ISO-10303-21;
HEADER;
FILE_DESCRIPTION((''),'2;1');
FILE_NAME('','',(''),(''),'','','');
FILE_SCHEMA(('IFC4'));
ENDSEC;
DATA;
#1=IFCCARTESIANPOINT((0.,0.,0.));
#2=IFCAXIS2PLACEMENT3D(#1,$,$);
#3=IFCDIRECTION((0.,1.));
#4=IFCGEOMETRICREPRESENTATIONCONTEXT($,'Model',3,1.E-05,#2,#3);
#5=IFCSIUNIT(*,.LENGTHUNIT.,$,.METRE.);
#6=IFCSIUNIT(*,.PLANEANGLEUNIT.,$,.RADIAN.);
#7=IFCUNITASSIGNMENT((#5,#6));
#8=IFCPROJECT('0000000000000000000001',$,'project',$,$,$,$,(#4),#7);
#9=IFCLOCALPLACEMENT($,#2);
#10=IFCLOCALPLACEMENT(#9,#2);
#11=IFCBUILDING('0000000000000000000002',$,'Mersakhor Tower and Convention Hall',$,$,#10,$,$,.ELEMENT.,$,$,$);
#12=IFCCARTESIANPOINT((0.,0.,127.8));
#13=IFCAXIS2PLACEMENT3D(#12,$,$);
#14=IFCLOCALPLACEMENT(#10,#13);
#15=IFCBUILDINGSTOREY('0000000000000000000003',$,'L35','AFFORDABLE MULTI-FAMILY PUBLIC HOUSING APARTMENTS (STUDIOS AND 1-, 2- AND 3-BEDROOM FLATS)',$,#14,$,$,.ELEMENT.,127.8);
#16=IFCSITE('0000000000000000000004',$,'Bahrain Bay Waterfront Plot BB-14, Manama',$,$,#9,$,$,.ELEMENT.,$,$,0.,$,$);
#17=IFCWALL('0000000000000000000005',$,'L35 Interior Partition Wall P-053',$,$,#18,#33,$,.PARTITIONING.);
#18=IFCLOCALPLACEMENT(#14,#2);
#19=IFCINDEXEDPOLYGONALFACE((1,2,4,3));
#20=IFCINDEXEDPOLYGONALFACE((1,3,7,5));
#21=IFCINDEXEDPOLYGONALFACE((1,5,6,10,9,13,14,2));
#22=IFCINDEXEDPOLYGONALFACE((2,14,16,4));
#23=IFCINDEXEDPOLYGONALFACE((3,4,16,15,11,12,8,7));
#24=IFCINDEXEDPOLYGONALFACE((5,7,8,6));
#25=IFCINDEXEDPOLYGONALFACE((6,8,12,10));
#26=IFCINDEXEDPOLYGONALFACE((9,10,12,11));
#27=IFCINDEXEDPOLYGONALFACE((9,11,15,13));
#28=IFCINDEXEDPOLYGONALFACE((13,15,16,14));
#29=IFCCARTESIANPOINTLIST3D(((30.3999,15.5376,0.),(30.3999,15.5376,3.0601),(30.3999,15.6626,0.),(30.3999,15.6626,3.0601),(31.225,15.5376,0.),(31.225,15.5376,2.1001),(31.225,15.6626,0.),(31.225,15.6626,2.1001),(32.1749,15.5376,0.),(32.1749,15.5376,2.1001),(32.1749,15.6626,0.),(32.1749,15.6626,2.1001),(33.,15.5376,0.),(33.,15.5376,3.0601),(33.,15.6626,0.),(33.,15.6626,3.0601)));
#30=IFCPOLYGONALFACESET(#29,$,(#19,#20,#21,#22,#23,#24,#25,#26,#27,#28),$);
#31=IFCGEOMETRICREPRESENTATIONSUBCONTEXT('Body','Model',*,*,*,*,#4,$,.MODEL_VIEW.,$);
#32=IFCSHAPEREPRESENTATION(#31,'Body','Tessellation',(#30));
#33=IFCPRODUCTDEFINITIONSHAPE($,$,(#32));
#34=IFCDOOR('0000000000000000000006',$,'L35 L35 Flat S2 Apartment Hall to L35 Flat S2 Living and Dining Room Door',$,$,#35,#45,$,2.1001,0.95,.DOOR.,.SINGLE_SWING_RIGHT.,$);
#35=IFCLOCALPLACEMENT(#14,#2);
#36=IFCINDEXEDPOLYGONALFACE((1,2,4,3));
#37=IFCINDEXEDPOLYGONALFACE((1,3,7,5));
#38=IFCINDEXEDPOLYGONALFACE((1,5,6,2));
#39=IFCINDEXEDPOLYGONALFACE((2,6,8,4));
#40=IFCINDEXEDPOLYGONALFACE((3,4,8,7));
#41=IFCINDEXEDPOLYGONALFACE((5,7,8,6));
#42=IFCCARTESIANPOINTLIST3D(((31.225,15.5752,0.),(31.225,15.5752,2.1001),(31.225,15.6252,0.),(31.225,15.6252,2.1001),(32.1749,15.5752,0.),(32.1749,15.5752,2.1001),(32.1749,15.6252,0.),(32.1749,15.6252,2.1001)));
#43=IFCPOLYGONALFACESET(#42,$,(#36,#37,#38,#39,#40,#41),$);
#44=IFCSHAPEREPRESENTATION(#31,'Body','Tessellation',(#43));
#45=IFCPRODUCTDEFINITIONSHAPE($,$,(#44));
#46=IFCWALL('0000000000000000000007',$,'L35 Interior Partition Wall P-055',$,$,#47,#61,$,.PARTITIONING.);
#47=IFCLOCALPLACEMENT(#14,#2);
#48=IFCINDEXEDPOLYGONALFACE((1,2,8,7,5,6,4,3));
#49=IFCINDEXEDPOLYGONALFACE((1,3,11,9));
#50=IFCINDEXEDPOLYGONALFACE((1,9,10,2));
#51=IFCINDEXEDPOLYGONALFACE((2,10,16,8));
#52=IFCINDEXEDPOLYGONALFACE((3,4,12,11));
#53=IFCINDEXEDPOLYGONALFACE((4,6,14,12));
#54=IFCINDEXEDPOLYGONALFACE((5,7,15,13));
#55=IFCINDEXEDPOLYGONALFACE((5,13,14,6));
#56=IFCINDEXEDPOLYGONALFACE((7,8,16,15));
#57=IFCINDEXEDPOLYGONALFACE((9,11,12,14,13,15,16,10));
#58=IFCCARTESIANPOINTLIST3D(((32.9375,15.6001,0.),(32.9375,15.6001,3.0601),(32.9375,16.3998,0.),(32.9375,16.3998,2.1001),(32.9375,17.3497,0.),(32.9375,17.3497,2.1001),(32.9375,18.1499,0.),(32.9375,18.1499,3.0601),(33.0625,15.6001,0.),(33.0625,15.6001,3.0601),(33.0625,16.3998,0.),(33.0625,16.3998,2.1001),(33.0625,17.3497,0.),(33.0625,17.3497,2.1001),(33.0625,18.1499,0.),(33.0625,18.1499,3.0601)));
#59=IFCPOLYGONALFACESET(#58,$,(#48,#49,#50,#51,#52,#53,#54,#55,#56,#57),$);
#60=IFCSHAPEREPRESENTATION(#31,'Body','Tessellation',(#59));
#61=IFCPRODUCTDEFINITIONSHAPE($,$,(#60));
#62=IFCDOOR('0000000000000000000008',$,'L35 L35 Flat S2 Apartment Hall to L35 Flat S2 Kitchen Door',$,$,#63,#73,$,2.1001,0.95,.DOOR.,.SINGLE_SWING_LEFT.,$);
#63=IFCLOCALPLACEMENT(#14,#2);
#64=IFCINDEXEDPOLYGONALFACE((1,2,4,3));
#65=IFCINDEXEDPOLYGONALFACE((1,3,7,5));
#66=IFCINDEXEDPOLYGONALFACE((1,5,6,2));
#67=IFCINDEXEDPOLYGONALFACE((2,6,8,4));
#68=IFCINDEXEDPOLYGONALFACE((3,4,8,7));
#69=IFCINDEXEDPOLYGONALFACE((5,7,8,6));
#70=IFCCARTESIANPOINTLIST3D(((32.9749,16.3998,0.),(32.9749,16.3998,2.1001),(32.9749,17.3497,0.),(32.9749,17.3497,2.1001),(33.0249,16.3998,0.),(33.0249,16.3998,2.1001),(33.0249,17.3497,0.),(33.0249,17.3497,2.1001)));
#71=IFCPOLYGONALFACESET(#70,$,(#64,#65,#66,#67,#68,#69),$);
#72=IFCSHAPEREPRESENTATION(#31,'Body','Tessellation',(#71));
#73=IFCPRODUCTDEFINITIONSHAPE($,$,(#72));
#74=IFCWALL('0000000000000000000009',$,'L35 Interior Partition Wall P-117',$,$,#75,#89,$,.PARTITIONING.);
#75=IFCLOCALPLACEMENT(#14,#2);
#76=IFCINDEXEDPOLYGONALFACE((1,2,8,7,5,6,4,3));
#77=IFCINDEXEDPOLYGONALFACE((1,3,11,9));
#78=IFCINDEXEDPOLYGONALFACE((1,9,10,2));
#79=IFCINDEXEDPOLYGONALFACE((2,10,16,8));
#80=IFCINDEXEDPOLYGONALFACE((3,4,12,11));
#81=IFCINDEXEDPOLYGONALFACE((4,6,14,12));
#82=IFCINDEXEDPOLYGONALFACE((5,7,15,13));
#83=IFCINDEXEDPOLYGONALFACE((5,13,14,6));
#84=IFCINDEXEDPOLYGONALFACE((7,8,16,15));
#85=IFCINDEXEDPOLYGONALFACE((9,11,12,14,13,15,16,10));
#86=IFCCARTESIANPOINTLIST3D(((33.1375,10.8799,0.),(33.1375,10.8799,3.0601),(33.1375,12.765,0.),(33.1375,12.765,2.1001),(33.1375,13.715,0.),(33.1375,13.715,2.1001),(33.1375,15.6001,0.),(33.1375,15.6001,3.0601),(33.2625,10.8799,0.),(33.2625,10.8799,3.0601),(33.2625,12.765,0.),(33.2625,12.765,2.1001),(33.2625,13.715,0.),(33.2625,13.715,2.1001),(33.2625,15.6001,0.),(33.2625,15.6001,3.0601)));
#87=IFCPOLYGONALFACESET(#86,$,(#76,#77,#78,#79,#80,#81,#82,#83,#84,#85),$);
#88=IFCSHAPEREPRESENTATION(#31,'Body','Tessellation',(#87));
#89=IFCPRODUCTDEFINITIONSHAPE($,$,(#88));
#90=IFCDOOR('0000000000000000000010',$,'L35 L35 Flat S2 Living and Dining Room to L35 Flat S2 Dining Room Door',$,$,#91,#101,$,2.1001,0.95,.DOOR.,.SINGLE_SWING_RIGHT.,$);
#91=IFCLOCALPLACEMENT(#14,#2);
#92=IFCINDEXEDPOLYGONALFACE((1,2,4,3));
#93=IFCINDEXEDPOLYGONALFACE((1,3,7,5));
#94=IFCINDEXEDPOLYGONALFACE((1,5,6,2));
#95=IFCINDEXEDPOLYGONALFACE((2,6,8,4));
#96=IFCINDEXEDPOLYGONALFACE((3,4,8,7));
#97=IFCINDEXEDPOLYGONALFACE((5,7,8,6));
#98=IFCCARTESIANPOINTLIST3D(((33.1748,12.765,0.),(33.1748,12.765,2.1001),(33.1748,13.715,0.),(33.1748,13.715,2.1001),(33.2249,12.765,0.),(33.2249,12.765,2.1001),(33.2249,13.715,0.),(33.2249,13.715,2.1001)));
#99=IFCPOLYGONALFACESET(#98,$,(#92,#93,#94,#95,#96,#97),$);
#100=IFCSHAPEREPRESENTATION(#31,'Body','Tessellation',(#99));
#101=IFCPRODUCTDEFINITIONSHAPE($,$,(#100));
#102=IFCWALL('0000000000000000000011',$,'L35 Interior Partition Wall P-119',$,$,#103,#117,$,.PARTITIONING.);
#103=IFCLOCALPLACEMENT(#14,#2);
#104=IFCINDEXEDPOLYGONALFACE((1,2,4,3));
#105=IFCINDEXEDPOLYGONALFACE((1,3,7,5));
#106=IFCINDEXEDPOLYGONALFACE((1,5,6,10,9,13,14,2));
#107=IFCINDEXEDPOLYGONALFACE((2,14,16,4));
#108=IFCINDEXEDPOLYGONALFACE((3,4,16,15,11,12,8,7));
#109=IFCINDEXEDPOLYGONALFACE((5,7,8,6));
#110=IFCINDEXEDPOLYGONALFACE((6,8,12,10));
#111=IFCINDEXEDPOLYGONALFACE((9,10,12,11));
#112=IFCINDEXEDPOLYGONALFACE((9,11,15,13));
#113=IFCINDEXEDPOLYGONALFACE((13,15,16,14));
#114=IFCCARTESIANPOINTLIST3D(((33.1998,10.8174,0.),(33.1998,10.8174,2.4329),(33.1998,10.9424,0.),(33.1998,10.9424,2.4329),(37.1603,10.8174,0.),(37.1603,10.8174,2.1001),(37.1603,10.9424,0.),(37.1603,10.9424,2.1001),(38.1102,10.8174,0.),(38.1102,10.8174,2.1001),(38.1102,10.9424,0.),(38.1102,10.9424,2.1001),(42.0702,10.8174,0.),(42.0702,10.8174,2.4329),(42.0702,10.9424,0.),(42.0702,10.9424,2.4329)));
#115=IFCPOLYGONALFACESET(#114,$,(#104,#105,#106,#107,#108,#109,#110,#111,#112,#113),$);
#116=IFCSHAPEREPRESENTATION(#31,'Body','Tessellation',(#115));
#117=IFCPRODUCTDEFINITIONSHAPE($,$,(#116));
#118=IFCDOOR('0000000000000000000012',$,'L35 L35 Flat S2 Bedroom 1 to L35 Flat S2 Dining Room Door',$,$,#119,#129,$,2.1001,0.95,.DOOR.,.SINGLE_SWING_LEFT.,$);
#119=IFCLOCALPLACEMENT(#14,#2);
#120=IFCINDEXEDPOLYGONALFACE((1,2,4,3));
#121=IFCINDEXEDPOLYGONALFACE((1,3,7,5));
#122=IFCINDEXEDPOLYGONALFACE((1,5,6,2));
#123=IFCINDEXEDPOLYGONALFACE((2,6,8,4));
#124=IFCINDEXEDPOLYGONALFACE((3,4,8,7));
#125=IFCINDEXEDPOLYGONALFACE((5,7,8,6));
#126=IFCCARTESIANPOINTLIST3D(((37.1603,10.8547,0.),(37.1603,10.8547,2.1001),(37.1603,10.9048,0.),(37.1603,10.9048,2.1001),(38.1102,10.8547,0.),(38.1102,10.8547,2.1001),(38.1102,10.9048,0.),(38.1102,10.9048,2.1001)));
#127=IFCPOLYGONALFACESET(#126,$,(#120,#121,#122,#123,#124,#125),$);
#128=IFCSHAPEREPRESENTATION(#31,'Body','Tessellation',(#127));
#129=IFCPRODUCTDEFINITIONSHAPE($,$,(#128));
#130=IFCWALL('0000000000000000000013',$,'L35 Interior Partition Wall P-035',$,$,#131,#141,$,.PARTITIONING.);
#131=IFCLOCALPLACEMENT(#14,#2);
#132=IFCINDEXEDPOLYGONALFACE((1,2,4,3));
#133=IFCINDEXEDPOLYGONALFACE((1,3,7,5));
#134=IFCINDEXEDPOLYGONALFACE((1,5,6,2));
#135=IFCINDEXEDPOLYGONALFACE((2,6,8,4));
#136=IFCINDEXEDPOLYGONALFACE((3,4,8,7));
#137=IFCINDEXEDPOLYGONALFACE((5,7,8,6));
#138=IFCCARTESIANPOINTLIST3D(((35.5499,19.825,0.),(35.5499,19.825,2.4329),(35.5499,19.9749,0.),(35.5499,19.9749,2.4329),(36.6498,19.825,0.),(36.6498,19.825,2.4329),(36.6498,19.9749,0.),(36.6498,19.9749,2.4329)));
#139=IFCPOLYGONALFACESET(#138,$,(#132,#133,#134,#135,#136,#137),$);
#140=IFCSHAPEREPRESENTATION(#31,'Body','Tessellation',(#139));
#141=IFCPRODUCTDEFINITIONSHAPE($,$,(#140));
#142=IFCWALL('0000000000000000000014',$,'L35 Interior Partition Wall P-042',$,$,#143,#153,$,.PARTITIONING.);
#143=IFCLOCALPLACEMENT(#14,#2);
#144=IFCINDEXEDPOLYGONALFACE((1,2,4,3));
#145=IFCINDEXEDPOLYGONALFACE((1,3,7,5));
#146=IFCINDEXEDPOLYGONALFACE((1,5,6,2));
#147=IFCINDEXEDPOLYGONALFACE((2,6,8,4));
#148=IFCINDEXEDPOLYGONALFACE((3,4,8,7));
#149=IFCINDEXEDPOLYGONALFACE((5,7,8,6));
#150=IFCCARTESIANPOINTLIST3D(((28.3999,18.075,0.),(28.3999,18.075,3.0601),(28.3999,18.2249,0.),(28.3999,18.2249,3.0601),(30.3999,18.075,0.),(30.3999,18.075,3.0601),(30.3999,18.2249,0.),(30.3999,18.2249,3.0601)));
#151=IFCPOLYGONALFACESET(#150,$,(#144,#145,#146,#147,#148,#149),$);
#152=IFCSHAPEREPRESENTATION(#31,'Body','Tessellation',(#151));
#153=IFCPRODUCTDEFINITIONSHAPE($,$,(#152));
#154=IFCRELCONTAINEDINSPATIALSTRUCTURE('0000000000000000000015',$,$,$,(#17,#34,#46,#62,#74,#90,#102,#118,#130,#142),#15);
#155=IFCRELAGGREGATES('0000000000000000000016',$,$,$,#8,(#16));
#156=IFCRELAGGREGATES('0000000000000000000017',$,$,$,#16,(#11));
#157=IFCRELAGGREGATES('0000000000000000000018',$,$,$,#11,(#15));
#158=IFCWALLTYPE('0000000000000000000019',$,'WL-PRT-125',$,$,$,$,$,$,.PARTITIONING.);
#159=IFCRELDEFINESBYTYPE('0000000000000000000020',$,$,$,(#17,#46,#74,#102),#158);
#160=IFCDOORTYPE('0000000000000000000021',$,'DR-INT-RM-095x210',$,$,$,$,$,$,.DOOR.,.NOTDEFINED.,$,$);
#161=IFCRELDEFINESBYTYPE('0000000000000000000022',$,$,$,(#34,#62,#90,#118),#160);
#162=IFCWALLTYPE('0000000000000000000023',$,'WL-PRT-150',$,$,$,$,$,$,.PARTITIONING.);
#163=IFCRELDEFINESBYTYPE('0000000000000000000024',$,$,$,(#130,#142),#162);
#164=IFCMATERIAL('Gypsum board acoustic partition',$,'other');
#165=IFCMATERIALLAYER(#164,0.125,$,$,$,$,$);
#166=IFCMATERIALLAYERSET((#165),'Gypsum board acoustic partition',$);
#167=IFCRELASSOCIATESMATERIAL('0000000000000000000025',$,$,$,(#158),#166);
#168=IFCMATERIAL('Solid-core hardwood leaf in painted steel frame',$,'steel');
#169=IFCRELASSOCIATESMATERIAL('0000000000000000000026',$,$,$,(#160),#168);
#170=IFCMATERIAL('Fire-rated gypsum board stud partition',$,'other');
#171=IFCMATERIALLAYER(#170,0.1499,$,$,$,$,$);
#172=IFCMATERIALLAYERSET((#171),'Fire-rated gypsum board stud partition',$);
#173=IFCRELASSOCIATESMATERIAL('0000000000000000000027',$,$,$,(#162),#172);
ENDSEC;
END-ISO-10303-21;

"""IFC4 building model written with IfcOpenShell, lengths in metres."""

from ifc_helpers import new_model, si_unit, direction, frame, frame_2d, origin, place, context, subcontext, project, spatial, rectangle, extrude, material, layer, layer_set, type_object, element, fill, save


model = new_model("IFC4")

# Units and contexts
model_context = context("Model", 3, precision=1e-05, world=origin(), true_north=direction((0.0, 1.0)))
body_context = subcontext(model_context, "Body", "Model", "MODEL_VIEW")
ifc_project = project(units=[si_unit("LENGTHUNIT", "METRE"), si_unit("PLANEANGLEUNIT", "RADIAN")], contexts=[model_context])

# Site, building, storey
site_placement = place(None, origin())
site = spatial("IfcSite", under=ifc_project, at=site_placement, Name="Bahrain Bay Waterfront Plot BB-14, Manama", CompositionType="ELEMENT", RefElevation=0.0)
building_placement = place(site_placement, origin())
building = spatial("IfcBuilding", under=site, at=building_placement, Name="Mersakhor Tower and Convention Hall", CompositionType="ELEMENT")
storey_placement = place(building_placement, frame((0.0, 0.0, 127.8)))
storey = spatial("IfcBuildingStorey", under=building, at=storey_placement, Name="L35", Description="AFFORDABLE MULTI-FAMILY PUBLIC HOUSING APARTMENTS (STUDIOS AND 1-, 2- AND 3-BEDROOM FLATS)", CompositionType="ELEMENT", Elevation=127.8)

# Walls, openings, doors
ifc_material_1 = material(Name="Gypsum board acoustic partition", Category="other")
ifc_layer_1 = layer(ifc_material_1, 0.125)
ifc_layer_set_1 = layer_set([ifc_layer_1], Name="Gypsum board acoustic partition")
wall_type_1 = type_object("IfcWallType", Name="WL-PRT-125", PredefinedType="PARTITIONING", material=ifc_layer_set_1)
wall_1_placement = place(storey_placement, frame((33.0, 15.6001, 0.0), z_axis=(0.0, 0.0, 1.0), x_axis=(-1.0, 0.0, 0.0)))
wall_1 = element("IfcWall", 1, at=wall_1_placement, inside=storey, type_object=wall_type_1, Name="L35 Interior Partition Wall P-053", PredefinedType="PARTITIONING", context=body_context, shape_type="SweptSolid", body=[
    extrude(rectangle(XDim=2.6001, YDim=0.125, at=frame_2d((1.3, 0.0))), origin(), (0.0, 0.0, 1.0), 3.0601),
])
opening_1_placement = place(wall_1_placement, frame((0.825, 0.0, 0.0)))
opening_1 = element("IfcOpeningElement", 2, at=opening_1_placement, cuts=wall_1, PredefinedType="OPENING", context=body_context, shape_type="SweptSolid", body=[
    extrude(rectangle(XDim=0.95, YDim=2.1001, at=frame_2d((0.4751, 1.05))), frame((0.0, 0.0725, 0.0), z_axis=(0.0, -1.0, 0.0), x_axis=(1.0, 0.0, 0.0)), (0.0, 0.0, 1.0), 0.145),
])
ifc_material_2 = material(Name="Solid-core hardwood leaf in painted steel frame", Category="steel")
door_type_1 = type_object("IfcDoorType", Name="DR-INT-RM-095x210", OperationType="NOTDEFINED", PredefinedType="DOOR", material=ifc_material_2)
door_1_placement = place(opening_1_placement, origin())
door_1 = element("IfcDoor", 3, at=door_1_placement, inside=storey, type_object=door_type_1, Name="L35 L35 Flat S2 Apartment Hall to L35 Flat S2 Living and Dining Room Door", OperationType="SINGLE_SWING_RIGHT", OverallHeight=2.1001, OverallWidth=0.95, PredefinedType="DOOR", context=body_context, shape_type="SweptSolid", body=[
    extrude(rectangle(XDim=0.95, YDim=2.1001, at=frame_2d((0.4751, 1.05))), frame((0.0, 0.0249, 0.0), z_axis=(0.0, -1.0, 0.0), x_axis=(1.0, 0.0, 0.0)), (0.0, 0.0, 1.0), 0.05),
])
fill(opening_1, door_1)
wall_2_placement = place(storey_placement, frame((33.0, 18.1499, 0.0), z_axis=(0.0, 0.0, 1.0), x_axis=(0.0, -1.0, 0.0)))
wall_2 = element("IfcWall", 4, at=wall_2_placement, inside=storey, type_object=wall_type_1, Name="L35 Interior Partition Wall P-055", PredefinedType="PARTITIONING", context=body_context, shape_type="SweptSolid", body=[
    extrude(rectangle(XDim=2.5498, YDim=0.125, at=frame_2d((1.2749, 0.0))), origin(), (0.0, 0.0, 1.0), 3.0601),
])
opening_2_placement = place(wall_2_placement, frame((0.8, 0.0, 0.0)))
opening_2 = element("IfcOpeningElement", 5, at=opening_2_placement, cuts=wall_2, PredefinedType="OPENING", context=body_context, shape_type="SweptSolid", body=[
    extrude(rectangle(XDim=0.95, YDim=2.1001, at=frame_2d((0.4751, 1.05))), frame((0.0, 0.0725, 0.0), z_axis=(0.0, -1.0, 0.0), x_axis=(1.0, 0.0, 0.0)), (0.0, 0.0, 1.0), 0.145),
])
door_2_placement = place(opening_2_placement, origin())
door_2 = element("IfcDoor", 6, at=door_2_placement, inside=storey, type_object=door_type_1, Name="L35 L35 Flat S2 Apartment Hall to L35 Flat S2 Kitchen Door", OperationType="SINGLE_SWING_LEFT", OverallHeight=2.1001, OverallWidth=0.95, PredefinedType="DOOR", context=body_context, shape_type="SweptSolid", body=[
    extrude(rectangle(XDim=0.95, YDim=2.1001, at=frame_2d((0.4751, 1.05))), frame((0.0, 0.0249, 0.0), z_axis=(0.0, -1.0, 0.0), x_axis=(1.0, 0.0, 0.0)), (0.0, 0.0, 1.0), 0.05),
])
fill(opening_2, door_2)
wall_3_placement = place(storey_placement, frame((33.2, 15.6001, 0.0), z_axis=(0.0, 0.0, 1.0), x_axis=(0.0, -1.0, 0.0)))
wall_3 = element("IfcWall", 7, at=wall_3_placement, inside=storey, type_object=wall_type_1, Name="L35 Interior Partition Wall P-117", PredefinedType="PARTITIONING", context=body_context, shape_type="SweptSolid", body=[
    extrude(rectangle(XDim=4.7202, YDim=0.125, at=frame_2d((2.3601, 0.0))), origin(), (0.0, 0.0, 1.0), 3.0601),
])
opening_3_placement = place(wall_3_placement, frame((1.885, 0.0, 0.0)))
opening_3 = element("IfcOpeningElement", 8, at=opening_3_placement, cuts=wall_3, PredefinedType="OPENING", context=body_context, shape_type="SweptSolid", body=[
    extrude(rectangle(XDim=0.95, YDim=2.1001, at=frame_2d((0.4751, 1.05))), frame((0.0, 0.0725, 0.0), z_axis=(0.0, -1.0, 0.0), x_axis=(1.0, 0.0, 0.0)), (0.0, 0.0, 1.0), 0.145),
])
door_3_placement = place(opening_3_placement, origin())
door_3 = element("IfcDoor", 9, at=door_3_placement, inside=storey, type_object=door_type_1, Name="L35 L35 Flat S2 Living and Dining Room to L35 Flat S2 Dining Room Door", OperationType="SINGLE_SWING_RIGHT", OverallHeight=2.1001, OverallWidth=0.95, PredefinedType="DOOR", context=body_context, shape_type="SweptSolid", body=[
    extrude(rectangle(XDim=0.95, YDim=2.1001, at=frame_2d((0.4751, 1.05))), frame((0.0, 0.0249, 0.0), z_axis=(0.0, -1.0, 0.0), x_axis=(1.0, 0.0, 0.0)), (0.0, 0.0, 1.0), 0.05),
])
fill(opening_3, door_3)
wall_4_placement = place(storey_placement, frame((33.2, 10.8799, 0.0), z_axis=(0.0, 0.0, 1.0), x_axis=(1.0, 0.0, 0.0)))
wall_4 = element("IfcWall", 10, at=wall_4_placement, inside=storey, type_object=wall_type_1, Name="L35 Interior Partition Wall P-119", PredefinedType="PARTITIONING", context=body_context, shape_type="SweptSolid", body=[
    extrude(rectangle(XDim=8.8704, YDim=0.125, at=frame_2d((4.4351, 0.0))), origin(), (0.0, 0.0, 1.0), 2.4329),
])
opening_4_placement = place(wall_4_placement, frame((3.9602, 0.0, 0.0)))
opening_4 = element("IfcOpeningElement", 11, at=opening_4_placement, cuts=wall_4, PredefinedType="OPENING", context=body_context, shape_type="SweptSolid", body=[
    extrude(rectangle(XDim=0.95, YDim=2.1001, at=frame_2d((0.4751, 1.05))), frame((0.0, 0.0725, 0.0), z_axis=(0.0, -1.0, 0.0), x_axis=(1.0, 0.0, 0.0)), (0.0, 0.0, 1.0), 0.145),
])
door_4_placement = place(opening_4_placement, origin())
door_4 = element("IfcDoor", 12, at=door_4_placement, inside=storey, type_object=door_type_1, Name="L35 L35 Flat S2 Bedroom 1 to L35 Flat S2 Dining Room Door", OperationType="SINGLE_SWING_LEFT", OverallHeight=2.1001, OverallWidth=0.95, PredefinedType="DOOR", context=body_context, shape_type="SweptSolid", body=[
    extrude(rectangle(XDim=0.95, YDim=2.1001, at=frame_2d((0.4751, 1.05))), frame((0.0, 0.0249, 0.0), z_axis=(0.0, -1.0, 0.0), x_axis=(1.0, 0.0, 0.0)), (0.0, 0.0, 1.0), 0.05),
])
fill(opening_4, door_4)

# Wall
ifc_material_3 = material(Name="Fire-rated gypsum board stud partition", Category="other")
ifc_layer_2 = layer(ifc_material_3, 0.1499)
ifc_layer_set_2 = layer_set([ifc_layer_2], Name="Fire-rated gypsum board stud partition")
wall_type_2 = type_object("IfcWallType", Name="WL-PRT-150", PredefinedType="PARTITIONING", material=ifc_layer_set_2)
wall_5_placement = place(storey_placement, frame((35.55, 19.8999, 0.0), z_axis=(0.0, 0.0, 1.0), x_axis=(1.0, 0.0, 0.0)))
element("IfcWall", 13, at=wall_5_placement, inside=storey, type_object=wall_type_2, Name="L35 Interior Partition Wall P-035", PredefinedType="PARTITIONING", context=body_context, shape_type="SweptSolid", body=[
    extrude(rectangle(XDim=1.0999, YDim=0.1499, at=frame_2d((0.5498, 0.0))), origin(), (0.0, 0.0, 1.0), 2.4329),
])

# Wall
wall_6_placement = place(storey_placement, frame((30.3999, 18.1499, 0.0), z_axis=(0.0, 0.0, 1.0), x_axis=(-1.0, 0.0, 0.0)))
element("IfcWall", 14, at=wall_6_placement, inside=storey, type_object=wall_type_2, Name="L35 Interior Partition Wall P-042", PredefinedType="PARTITIONING", context=body_context, shape_type="SweptSolid", body=[
    extrude(rectangle(XDim=2.0, YDim=0.1499, at=frame_2d((1.0, 0.0))), origin(), (0.0, 0.0, 1.0), 3.0601),
])

save(model, "model.ifc")
